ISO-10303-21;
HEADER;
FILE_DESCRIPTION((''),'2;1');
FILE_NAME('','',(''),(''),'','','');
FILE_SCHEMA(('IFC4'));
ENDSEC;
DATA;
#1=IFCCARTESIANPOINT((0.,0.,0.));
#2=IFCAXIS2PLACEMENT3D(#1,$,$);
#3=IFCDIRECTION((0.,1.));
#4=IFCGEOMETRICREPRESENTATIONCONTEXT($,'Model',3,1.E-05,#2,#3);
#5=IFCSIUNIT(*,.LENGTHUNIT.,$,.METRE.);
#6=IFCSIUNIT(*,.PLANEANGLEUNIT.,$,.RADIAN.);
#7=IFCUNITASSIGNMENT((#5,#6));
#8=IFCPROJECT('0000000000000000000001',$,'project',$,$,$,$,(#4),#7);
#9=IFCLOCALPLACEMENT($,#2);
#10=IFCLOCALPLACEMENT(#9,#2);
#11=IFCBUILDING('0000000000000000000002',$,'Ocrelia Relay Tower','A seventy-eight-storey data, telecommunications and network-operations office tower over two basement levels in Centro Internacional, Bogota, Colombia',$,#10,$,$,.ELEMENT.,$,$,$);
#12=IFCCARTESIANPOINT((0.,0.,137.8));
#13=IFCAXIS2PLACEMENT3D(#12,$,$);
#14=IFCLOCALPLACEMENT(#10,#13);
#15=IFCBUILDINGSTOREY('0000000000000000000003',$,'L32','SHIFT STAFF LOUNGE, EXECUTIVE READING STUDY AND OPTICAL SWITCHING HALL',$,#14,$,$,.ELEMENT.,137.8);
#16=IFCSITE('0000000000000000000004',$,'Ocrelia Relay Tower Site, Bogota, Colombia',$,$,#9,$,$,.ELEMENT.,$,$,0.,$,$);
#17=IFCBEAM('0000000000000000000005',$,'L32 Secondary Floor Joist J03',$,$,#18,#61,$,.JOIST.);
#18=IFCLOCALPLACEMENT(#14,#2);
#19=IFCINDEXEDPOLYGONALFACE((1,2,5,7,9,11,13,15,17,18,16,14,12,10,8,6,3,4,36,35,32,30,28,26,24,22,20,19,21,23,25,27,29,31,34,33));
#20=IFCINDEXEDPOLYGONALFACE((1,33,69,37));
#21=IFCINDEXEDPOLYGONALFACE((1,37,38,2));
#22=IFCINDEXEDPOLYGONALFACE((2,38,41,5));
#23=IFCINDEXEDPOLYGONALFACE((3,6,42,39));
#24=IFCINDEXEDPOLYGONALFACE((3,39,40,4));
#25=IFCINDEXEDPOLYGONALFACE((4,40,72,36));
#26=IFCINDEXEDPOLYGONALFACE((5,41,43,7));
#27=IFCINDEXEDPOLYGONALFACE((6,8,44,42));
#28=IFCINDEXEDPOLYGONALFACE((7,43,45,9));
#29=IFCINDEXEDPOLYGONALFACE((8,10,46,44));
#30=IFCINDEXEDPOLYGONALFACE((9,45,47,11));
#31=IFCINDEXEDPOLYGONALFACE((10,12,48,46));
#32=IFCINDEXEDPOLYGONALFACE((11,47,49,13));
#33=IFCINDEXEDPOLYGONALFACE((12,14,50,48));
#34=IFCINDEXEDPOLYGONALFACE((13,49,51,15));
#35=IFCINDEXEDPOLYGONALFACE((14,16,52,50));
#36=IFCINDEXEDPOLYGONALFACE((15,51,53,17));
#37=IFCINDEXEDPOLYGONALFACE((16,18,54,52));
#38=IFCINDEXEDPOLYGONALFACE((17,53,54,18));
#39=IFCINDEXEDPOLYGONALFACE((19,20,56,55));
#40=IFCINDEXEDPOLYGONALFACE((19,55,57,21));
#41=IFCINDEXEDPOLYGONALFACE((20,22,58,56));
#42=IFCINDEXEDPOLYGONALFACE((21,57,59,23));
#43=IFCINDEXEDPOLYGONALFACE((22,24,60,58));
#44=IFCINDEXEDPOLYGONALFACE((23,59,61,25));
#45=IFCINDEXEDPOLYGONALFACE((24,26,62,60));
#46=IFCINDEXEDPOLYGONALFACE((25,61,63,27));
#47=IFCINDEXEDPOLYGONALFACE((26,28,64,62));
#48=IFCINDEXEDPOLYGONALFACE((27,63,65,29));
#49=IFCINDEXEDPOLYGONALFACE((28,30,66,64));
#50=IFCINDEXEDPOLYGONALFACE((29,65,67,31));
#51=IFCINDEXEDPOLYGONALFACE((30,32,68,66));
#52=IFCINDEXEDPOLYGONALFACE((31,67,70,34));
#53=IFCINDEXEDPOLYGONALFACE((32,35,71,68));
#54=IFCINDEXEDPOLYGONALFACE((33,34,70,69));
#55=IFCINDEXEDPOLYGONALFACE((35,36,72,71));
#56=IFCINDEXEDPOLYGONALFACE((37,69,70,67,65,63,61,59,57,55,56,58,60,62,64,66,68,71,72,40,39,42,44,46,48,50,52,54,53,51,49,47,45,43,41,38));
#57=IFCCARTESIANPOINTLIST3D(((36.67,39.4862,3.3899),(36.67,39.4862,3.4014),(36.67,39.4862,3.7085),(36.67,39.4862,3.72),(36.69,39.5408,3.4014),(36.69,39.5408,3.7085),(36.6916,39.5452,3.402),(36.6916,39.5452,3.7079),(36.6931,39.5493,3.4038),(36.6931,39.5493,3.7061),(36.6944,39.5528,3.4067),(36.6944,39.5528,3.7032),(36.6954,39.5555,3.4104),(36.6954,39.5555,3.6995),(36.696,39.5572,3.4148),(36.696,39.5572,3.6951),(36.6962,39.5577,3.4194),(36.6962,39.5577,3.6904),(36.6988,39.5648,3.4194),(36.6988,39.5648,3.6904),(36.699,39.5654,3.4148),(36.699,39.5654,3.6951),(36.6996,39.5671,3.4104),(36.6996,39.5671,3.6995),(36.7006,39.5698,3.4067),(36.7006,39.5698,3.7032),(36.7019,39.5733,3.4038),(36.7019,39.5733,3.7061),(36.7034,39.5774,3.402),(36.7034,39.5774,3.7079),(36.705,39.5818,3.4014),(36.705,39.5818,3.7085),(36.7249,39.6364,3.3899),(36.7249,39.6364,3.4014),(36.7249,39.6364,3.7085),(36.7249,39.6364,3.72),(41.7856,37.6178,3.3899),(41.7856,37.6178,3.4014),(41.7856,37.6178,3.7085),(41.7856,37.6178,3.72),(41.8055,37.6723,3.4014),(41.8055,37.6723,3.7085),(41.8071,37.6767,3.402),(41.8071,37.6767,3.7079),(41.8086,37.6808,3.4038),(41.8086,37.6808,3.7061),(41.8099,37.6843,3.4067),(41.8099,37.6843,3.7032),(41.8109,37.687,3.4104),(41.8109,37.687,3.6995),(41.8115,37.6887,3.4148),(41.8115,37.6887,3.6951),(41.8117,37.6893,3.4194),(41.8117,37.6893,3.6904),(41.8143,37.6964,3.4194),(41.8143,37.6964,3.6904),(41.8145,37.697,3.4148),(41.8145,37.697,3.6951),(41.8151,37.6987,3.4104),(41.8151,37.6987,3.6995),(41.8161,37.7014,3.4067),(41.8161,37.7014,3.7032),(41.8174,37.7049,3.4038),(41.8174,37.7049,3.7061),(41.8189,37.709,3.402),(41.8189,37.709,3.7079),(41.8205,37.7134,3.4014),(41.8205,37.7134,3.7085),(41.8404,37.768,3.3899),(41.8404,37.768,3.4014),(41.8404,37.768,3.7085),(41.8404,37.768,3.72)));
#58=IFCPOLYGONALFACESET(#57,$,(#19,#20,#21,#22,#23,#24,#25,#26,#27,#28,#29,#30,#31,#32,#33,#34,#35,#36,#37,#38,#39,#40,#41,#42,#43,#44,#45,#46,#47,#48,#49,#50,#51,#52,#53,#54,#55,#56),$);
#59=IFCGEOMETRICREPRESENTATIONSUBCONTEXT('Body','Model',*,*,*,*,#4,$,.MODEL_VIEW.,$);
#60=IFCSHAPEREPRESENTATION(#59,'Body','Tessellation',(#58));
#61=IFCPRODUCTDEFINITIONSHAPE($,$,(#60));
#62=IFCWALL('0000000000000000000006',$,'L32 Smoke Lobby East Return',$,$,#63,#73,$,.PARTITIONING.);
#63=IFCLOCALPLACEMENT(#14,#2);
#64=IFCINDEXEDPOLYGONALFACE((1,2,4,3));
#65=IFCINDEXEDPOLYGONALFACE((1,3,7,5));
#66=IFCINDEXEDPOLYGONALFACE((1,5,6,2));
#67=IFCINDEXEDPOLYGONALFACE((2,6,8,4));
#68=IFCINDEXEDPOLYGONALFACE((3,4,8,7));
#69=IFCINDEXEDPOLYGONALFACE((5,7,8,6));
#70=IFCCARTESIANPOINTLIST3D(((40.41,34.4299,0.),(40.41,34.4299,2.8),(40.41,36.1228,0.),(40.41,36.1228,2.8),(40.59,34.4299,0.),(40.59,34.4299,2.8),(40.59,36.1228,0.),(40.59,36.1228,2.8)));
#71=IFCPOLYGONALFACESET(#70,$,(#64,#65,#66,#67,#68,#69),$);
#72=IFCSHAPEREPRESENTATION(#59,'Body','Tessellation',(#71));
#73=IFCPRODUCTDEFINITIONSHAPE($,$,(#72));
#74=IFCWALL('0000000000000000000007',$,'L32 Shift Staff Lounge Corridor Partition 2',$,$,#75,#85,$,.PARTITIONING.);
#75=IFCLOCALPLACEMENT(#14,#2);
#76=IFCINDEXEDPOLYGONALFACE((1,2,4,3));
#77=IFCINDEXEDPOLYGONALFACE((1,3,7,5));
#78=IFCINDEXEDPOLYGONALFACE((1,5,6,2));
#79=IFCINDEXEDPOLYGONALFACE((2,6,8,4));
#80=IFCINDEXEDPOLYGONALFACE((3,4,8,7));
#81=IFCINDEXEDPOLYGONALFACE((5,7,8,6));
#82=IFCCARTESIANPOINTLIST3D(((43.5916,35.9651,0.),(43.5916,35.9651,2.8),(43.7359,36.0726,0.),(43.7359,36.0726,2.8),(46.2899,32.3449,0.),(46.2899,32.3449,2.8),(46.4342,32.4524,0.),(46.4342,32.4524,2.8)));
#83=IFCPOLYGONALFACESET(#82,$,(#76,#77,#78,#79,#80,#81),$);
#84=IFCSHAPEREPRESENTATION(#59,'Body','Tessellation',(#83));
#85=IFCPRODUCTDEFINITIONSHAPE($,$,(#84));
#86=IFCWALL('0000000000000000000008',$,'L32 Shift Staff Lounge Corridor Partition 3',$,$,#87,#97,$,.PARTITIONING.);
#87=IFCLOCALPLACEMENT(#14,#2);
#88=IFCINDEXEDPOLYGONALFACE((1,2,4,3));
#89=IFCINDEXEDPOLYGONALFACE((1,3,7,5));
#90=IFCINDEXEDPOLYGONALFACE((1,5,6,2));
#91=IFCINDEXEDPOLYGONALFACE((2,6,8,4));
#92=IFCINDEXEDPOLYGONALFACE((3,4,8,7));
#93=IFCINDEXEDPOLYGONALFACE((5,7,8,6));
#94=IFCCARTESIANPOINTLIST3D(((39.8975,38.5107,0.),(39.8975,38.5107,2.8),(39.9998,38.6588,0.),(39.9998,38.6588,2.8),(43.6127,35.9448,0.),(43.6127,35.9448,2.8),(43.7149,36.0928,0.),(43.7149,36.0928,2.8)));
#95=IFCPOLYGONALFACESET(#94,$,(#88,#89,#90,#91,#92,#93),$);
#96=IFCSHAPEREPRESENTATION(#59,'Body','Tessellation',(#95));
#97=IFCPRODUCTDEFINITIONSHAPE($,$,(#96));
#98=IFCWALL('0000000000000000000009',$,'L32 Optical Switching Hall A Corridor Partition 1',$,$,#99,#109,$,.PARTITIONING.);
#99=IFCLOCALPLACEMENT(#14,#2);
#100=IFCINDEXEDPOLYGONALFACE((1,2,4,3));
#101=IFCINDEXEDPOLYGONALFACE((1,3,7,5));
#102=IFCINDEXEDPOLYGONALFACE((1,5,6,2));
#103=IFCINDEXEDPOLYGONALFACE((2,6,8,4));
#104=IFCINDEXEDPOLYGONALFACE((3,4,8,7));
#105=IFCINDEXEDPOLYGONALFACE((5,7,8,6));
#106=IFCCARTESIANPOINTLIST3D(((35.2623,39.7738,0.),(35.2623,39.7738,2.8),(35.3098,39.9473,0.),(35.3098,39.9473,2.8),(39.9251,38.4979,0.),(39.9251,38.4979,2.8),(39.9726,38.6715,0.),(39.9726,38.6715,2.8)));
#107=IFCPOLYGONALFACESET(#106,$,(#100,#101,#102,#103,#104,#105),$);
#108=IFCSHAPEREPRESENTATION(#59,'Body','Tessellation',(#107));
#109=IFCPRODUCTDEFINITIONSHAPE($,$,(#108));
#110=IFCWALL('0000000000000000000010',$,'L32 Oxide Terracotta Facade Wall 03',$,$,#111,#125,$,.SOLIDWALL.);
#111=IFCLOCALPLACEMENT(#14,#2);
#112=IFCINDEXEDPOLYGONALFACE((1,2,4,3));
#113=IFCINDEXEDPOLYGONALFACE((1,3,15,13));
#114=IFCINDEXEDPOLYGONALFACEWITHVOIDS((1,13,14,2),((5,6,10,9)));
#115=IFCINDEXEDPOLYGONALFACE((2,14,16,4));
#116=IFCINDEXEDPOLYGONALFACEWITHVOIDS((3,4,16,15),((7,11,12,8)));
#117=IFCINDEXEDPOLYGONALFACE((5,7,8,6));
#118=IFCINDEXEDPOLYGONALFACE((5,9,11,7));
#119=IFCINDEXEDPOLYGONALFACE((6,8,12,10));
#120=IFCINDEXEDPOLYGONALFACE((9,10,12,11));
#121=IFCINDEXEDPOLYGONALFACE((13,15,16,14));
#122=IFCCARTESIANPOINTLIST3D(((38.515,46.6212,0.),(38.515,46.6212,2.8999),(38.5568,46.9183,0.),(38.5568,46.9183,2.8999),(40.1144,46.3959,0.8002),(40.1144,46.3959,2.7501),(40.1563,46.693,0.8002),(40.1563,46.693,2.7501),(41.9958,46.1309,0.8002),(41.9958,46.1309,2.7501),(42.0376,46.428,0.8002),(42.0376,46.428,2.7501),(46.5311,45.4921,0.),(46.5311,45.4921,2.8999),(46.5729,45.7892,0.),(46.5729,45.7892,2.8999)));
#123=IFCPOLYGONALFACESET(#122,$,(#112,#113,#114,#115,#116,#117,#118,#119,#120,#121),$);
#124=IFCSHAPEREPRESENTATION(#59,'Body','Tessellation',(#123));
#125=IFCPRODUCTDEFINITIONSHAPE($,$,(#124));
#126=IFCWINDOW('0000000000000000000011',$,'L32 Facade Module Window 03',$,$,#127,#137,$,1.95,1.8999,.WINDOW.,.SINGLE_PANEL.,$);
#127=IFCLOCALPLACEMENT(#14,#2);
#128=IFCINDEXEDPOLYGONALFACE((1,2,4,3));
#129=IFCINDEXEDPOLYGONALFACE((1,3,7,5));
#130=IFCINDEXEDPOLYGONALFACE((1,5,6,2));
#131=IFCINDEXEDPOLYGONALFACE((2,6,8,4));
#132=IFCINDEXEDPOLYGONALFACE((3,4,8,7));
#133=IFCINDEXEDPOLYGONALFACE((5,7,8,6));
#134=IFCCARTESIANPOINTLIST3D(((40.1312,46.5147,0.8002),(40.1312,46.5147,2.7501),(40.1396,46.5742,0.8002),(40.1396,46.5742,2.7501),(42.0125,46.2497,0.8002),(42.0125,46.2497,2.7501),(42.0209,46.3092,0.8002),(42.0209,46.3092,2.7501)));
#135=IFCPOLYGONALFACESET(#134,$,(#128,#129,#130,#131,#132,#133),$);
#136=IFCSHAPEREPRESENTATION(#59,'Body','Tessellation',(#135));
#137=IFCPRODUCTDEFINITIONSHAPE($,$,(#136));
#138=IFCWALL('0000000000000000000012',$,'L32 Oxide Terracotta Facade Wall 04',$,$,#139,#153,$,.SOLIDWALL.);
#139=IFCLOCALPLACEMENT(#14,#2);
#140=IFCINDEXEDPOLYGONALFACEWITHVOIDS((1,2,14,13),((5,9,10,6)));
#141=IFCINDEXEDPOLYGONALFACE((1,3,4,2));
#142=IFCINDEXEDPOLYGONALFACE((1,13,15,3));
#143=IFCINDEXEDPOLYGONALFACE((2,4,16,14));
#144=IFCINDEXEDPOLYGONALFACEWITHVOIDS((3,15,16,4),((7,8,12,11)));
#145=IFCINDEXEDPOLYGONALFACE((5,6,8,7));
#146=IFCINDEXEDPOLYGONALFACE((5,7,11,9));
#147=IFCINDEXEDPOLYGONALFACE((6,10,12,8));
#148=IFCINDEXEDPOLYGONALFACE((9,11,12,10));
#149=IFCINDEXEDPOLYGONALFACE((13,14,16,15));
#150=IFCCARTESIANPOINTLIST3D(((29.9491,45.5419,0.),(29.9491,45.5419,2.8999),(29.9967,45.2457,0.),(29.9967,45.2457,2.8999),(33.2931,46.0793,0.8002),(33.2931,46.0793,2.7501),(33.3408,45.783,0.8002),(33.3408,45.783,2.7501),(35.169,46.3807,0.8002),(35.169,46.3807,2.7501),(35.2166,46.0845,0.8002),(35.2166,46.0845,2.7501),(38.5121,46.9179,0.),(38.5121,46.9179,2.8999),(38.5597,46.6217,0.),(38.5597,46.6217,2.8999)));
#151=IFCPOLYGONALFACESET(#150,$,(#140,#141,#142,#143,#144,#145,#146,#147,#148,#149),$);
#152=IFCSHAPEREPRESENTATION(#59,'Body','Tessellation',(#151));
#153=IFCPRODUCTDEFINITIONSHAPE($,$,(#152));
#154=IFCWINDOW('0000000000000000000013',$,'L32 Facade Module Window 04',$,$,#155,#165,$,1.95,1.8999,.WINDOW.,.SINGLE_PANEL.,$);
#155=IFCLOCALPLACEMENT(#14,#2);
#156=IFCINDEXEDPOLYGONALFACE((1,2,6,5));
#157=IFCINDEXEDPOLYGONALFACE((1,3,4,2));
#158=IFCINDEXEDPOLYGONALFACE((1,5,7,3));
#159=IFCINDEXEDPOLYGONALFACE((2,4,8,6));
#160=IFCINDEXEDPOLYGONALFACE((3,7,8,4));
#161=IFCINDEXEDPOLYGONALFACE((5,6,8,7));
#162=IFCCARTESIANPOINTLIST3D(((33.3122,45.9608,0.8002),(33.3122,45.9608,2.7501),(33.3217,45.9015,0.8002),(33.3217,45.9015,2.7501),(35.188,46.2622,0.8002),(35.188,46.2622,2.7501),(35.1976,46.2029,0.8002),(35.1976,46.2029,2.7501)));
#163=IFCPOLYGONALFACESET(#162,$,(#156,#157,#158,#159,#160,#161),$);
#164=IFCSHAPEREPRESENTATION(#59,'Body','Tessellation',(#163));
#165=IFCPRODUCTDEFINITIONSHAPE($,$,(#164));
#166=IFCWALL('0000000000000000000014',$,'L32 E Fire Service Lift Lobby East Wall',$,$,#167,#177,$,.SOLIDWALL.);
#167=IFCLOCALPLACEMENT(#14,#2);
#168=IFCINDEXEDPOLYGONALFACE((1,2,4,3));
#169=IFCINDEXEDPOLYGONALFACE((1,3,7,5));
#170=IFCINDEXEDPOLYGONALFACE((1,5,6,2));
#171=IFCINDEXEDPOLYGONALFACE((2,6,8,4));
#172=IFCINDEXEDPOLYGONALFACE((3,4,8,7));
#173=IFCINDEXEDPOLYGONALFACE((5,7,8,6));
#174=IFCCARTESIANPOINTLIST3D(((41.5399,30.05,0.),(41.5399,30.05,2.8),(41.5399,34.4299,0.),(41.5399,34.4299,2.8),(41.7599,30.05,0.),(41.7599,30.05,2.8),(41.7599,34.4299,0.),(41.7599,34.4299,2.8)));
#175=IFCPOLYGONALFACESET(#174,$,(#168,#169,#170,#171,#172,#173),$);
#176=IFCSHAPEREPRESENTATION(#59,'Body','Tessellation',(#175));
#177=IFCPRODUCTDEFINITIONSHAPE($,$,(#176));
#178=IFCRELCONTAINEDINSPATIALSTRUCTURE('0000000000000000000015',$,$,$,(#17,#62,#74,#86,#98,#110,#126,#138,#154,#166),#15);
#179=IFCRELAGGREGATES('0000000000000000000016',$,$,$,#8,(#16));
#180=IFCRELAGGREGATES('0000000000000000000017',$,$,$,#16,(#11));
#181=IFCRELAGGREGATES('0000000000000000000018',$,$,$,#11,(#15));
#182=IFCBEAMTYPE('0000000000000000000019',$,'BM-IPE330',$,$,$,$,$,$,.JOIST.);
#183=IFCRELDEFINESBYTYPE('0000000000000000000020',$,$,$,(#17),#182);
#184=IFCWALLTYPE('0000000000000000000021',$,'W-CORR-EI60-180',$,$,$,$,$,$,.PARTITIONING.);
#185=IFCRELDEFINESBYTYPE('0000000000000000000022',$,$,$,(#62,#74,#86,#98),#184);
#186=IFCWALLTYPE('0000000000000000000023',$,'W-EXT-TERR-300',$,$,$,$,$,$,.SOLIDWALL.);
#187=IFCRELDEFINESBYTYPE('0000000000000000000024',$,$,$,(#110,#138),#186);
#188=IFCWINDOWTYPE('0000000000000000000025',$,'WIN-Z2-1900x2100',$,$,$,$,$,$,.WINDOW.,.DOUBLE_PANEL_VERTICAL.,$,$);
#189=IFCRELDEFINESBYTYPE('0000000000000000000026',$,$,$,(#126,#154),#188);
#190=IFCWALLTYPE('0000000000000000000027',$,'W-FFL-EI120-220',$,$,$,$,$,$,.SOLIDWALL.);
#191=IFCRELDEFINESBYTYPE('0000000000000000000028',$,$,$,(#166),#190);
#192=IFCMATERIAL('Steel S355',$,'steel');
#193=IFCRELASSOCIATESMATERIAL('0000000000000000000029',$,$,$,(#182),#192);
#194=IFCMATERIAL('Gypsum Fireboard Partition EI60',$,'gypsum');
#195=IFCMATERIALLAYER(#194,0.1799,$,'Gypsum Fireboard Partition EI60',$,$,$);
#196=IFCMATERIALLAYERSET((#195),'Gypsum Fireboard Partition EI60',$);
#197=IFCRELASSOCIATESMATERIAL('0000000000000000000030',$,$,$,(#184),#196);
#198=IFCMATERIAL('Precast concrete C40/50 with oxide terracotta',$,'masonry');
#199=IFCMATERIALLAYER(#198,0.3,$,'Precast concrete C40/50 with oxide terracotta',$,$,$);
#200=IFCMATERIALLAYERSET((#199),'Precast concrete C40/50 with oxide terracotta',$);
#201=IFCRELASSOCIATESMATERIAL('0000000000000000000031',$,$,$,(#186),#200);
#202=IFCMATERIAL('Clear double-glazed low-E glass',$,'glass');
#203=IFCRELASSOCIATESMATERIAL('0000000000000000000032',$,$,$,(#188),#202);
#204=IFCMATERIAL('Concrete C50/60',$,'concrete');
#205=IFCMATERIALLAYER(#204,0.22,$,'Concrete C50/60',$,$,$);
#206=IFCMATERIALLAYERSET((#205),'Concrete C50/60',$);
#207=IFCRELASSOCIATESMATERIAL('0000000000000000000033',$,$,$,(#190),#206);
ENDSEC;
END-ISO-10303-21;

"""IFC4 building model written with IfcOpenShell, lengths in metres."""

from ifc_helpers import new_model, si_unit, direction, frame, frame_2d, origin, origin_2d, place, context, subcontext, project, spatial, rectangle, i_section, extrude, material, layer, layer_set, material_profile, profile_set, type_object, element, fill, save


model = new_model("IFC4")

# Units and contexts
model_context = context("Model", 3, precision=1e-05, world=origin(), true_north=direction((0.0, 1.0)))
body_context = subcontext(model_context, "Body", "Model", "MODEL_VIEW")
ifc_project = project(units=[si_unit("LENGTHUNIT", "METRE"), si_unit("PLANEANGLEUNIT", "RADIAN")], contexts=[model_context])

# Site, building, storey
site_placement = place(None, origin())
site = spatial("IfcSite", under=ifc_project, at=site_placement, Name="Ocrelia Relay Tower Site, Bogota, Colombia", CompositionType="ELEMENT", RefElevation=0.0)
building_placement = place(site_placement, origin())
building = spatial("IfcBuilding", under=site, at=building_placement, Name="Ocrelia Relay Tower", Description="A seventy-eight-storey data, telecommunications and network-operations office tower over two basement levels in Centro Internacional, Bogota, Colombia", CompositionType="ELEMENT")
storey_placement = place(building_placement, frame((0.0, 0.0, 137.8)))
storey = spatial("IfcBuildingStorey", under=building, at=storey_placement, Name="L32", Description="SHIFT STAFF LOUNGE, EXECUTIVE READING STUDY AND OPTICAL SWITCHING HALL", CompositionType="ELEMENT", Elevation=137.8)

# Beam
ifc_material_1 = material(Name="Steel S355", Category="steel")
ifc_material_profile_1 = material_profile(ifc_material_1, i_section(OverallWidth=0.1599, OverallDepth=0.3301, WebThickness=0.0076, FlangeThickness=0.0115, FilletRadius=0.0181, at=origin_2d()), Name="IPE 330")
ifc_profile_set_1 = profile_set([ifc_material_profile_1], Name="Steel S355")
beam_type_1 = type_object("IfcBeamType", Name="BM-IPE330", PredefinedType="JOIST", material=ifc_profile_set_1)
beam_1_placement = place(storey_placement, frame((41.813, 37.6929, 3.5549), z_axis=(-0.939307, 0.343078, 0.0), x_axis=(-0.343078, -0.939307, 0.0)))
element("IfcBeam", 1, at=beam_1_placement, inside=storey, type_object=beam_type_1, Name="L32 Secondary Floor Joist J03", PredefinedType="JOIST", context=body_context, shape_type="SweptSolid", body=[
    extrude(i_section(OverallWidth=0.1599, OverallDepth=0.3301, WebThickness=0.0076, FlangeThickness=0.0115, FilletRadius=0.0181, at=origin_2d()), origin(), (0.0, 0.0, 1.0), 5.446),
])

# Walls
ifc_material_2 = material(Name="Gypsum Fireboard Partition EI60", Category="gypsum")
ifc_layer_1 = layer(ifc_material_2, 0.1799, Name="Gypsum Fireboard Partition EI60")
ifc_layer_set_1 = layer_set([ifc_layer_1], Name="Gypsum Fireboard Partition EI60")
wall_type_1 = type_object("IfcWallType", Name="W-CORR-EI60-180", PredefinedType="PARTITIONING", material=ifc_layer_set_1)
wall_1_placement = place(storey_placement, frame((40.5, 36.1228, 0.0), z_axis=(0.0, 0.0, 1.0), x_axis=(0.0, -1.0, 0.0)))
element("IfcWall", 2, at=wall_1_placement, inside=storey, type_object=wall_type_1, Name="L32 Smoke Lobby East Return", PredefinedType="PARTITIONING", context=body_context, shape_type="SweptSolid", body=[
    extrude(rectangle(XDim=1.6929, YDim=0.1799, at=frame_2d((0.8464, 0.0))), origin(), (0.0, 0.0, 1.0), 2.8),
])
for number, where, z_axis, x_axis, name in (
    (3, (46.3621, 32.3987, 0.0), (0.0, 0.0, 1.0), (-0.597609, 0.801787, 0.0), "L32 Shift Staff Lounge Corridor Partition 2"),
    (4, (43.6638, 36.0188, 0.0), (0.0, 0.0, 1.0), (-0.82282, 0.568301, 0.0), "L32 Shift Staff Lounge Corridor Partition 3"),
):
    element("IfcWall", number, at=place(storey_placement, frame(where, z_axis=z_axis, x_axis=x_axis)), inside=storey, type_object=wall_type_1, Name=name, PredefinedType="PARTITIONING", context=body_context, shape_type="SweptSolid", body=[
        extrude(rectangle(XDim=4.5151, YDim=0.1799, at=frame_2d((2.2576, 0.0))), origin(), (0.0, 0.0, 1.0), 2.8),
    ])
wall_2_placement = place(storey_placement, frame((39.9487, 38.5847, 0.0), z_axis=(0.0, 0.0, 1.0), x_axis=(-0.964543, 0.263925, 0.0)))
element("IfcWall", 5, at=wall_2_placement, inside=storey, type_object=wall_type_1, Name="L32 Optical Switching Hall A Corridor Partition 1", PredefinedType="PARTITIONING", context=body_context, shape_type="SweptSolid", body=[
    extrude(rectangle(XDim=4.8342, YDim=0.1799, at=frame_2d((2.417, 0.0))), origin(), (0.0, 0.0, 1.0), 2.8),
])

# Walls, openings, windows
ifc_material_3 = material(Name="Precast concrete C40/50 with oxide terracotta", Category="masonry")
ifc_layer_2 = layer(ifc_material_3, 0.3, Name="Precast concrete C40/50 with oxide terracotta")
ifc_layer_set_2 = layer_set([ifc_layer_2], Name="Precast concrete C40/50 with oxide terracotta")
wall_type_2 = type_object("IfcWallType", Name="W-EXT-TERR-300", PredefinedType="SOLIDWALL", material=ifc_layer_set_2)
wall_3_placement = place(storey_placement, frame((46.552, 45.6406, 0.0), z_axis=(0.0, 0.0, 1.0), x_axis=(-0.990224, 0.139483, 0.0)))
wall_3 = element("IfcWall", 6, at=wall_3_placement, inside=storey, type_object=wall_type_2, Name="L32 Oxide Terracotta Facade Wall 03", PredefinedType="SOLIDWALL", context=body_context, shape_type="SweptSolid", body=[
    extrude(rectangle(XDim=8.0952, YDim=0.3, at=frame_2d((4.0476, 0.0))), origin(), (0.0, 0.0, 1.0), 2.8999),
])
opening_1_placement = place(wall_3_placement, frame((4.5801, 0.0, 0.8)))
opening_1 = element("IfcOpeningElement", 7, at=opening_1_placement, cuts=wall_3, PredefinedType="OPENING", context=body_context, shape_type="SweptSolid", body=[
    extrude(rectangle(XDim=1.8999, YDim=1.95, at=frame_2d((0.95, 0.9751))), frame((0.0, 0.1602, 0.0), z_axis=(0.0, -1.0, 0.0), x_axis=(1.0, 0.0, 0.0)), (0.0, 0.0, 1.0), 0.3201),
])
ifc_material_4 = material(Name="Clear double-glazed low-E glass", Category="glass")
window_type = type_object("IfcWindowType", Name="WIN-Z2-1900x2100", PartitioningType="DOUBLE_PANEL_VERTICAL", PredefinedType="WINDOW", material=ifc_material_4)
window_1_placement = place(opening_1_placement, origin())
window_1 = element("IfcWindow", 8, at=window_1_placement, inside=storey, type_object=window_type, Name="L32 Facade Module Window 03", OverallHeight=1.95, OverallWidth=1.8999, PartitioningType="SINGLE_PANEL", PredefinedType="WINDOW", context=body_context, shape_type="SweptSolid", body=[
    extrude(rectangle(XDim=1.8999, YDim=1.95, at=frame_2d((0.95, 0.9751))), frame((0.0, 0.03, 0.0), z_axis=(0.0, -1.0, 0.0), x_axis=(1.0, 0.0, 0.0)), (0.0, 0.0, 1.0), 0.0601),
])
fill(opening_1, window_1)
wall_4_placement = place(storey_placement, frame((38.5359, 46.7698, 0.0), z_axis=(0.0, 0.0, 1.0), x_axis=(-0.987334, -0.158654, 0.0)))
wall_4 = element("IfcWall", 9, at=wall_4_placement, inside=storey, type_object=wall_type_2, Name="L32 Oxide Terracotta Facade Wall 04", PredefinedType="SOLIDWALL", context=body_context, shape_type="SweptSolid", body=[
    extrude(rectangle(XDim=8.6729, YDim=0.3, at=frame_2d((4.3364, 0.0))), origin(), (0.0, 0.0, 1.0), 2.8999),
])
opening_2_placement = place(wall_4_placement, frame((3.386, 0.0, 0.8)))
opening_2 = element("IfcOpeningElement", 10, at=opening_2_placement, cuts=wall_4, PredefinedType="OPENING", context=body_context, shape_type="SweptSolid", body=[
    extrude(rectangle(XDim=1.8999, YDim=1.95, at=frame_2d((0.95, 0.9751))), frame((0.0, 0.1602, 0.0), z_axis=(0.0, -1.0, 0.0), x_axis=(1.0, 0.0, 0.0)), (0.0, 0.0, 1.0), 0.3201),
])
window_2_placement = place(opening_2_placement, origin())
window_2 = element("IfcWindow", 11, at=window_2_placement, inside=storey, type_object=window_type, Name="L32 Facade Module Window 04", OverallHeight=1.95, OverallWidth=1.8999, PartitioningType="SINGLE_PANEL", PredefinedType="WINDOW", context=body_context, shape_type="SweptSolid", body=[
    extrude(rectangle(XDim=1.8999, YDim=1.95, at=frame_2d((0.95, 0.9751))), frame((0.0, 0.03, 0.0), z_axis=(0.0, -1.0, 0.0), x_axis=(1.0, 0.0, 0.0)), (0.0, 0.0, 1.0), 0.0601),
])
fill(opening_2, window_2)

# Wall
ifc_material_5 = material(Name="Concrete C50/60", Category="concrete")
ifc_layer_3 = layer(ifc_material_5, 0.22, Name="Concrete C50/60")
ifc_layer_set_3 = layer_set([ifc_layer_3], Name="Concrete C50/60")
wall_type_3 = type_object("IfcWallType", Name="W-FFL-EI120-220", PredefinedType="SOLIDWALL", material=ifc_layer_set_3)
wall_5_placement = place(storey_placement, frame((41.6499, 30.05, 0.0), z_axis=(0.0, 0.0, 1.0), x_axis=(0.0, 1.0, 0.0)))
element("IfcWall", 12, at=wall_5_placement, inside=storey, type_object=wall_type_3, Name="L32 E Fire Service Lift Lobby East Wall", PredefinedType="SOLIDWALL", context=body_context, shape_type="SweptSolid", body=[
    extrude(rectangle(XDim=4.3799, YDim=0.22, at=frame_2d((2.1899, 0.0))), origin(), (0.0, 0.0, 1.0), 2.8),
])

save(model, "model.ifc")
